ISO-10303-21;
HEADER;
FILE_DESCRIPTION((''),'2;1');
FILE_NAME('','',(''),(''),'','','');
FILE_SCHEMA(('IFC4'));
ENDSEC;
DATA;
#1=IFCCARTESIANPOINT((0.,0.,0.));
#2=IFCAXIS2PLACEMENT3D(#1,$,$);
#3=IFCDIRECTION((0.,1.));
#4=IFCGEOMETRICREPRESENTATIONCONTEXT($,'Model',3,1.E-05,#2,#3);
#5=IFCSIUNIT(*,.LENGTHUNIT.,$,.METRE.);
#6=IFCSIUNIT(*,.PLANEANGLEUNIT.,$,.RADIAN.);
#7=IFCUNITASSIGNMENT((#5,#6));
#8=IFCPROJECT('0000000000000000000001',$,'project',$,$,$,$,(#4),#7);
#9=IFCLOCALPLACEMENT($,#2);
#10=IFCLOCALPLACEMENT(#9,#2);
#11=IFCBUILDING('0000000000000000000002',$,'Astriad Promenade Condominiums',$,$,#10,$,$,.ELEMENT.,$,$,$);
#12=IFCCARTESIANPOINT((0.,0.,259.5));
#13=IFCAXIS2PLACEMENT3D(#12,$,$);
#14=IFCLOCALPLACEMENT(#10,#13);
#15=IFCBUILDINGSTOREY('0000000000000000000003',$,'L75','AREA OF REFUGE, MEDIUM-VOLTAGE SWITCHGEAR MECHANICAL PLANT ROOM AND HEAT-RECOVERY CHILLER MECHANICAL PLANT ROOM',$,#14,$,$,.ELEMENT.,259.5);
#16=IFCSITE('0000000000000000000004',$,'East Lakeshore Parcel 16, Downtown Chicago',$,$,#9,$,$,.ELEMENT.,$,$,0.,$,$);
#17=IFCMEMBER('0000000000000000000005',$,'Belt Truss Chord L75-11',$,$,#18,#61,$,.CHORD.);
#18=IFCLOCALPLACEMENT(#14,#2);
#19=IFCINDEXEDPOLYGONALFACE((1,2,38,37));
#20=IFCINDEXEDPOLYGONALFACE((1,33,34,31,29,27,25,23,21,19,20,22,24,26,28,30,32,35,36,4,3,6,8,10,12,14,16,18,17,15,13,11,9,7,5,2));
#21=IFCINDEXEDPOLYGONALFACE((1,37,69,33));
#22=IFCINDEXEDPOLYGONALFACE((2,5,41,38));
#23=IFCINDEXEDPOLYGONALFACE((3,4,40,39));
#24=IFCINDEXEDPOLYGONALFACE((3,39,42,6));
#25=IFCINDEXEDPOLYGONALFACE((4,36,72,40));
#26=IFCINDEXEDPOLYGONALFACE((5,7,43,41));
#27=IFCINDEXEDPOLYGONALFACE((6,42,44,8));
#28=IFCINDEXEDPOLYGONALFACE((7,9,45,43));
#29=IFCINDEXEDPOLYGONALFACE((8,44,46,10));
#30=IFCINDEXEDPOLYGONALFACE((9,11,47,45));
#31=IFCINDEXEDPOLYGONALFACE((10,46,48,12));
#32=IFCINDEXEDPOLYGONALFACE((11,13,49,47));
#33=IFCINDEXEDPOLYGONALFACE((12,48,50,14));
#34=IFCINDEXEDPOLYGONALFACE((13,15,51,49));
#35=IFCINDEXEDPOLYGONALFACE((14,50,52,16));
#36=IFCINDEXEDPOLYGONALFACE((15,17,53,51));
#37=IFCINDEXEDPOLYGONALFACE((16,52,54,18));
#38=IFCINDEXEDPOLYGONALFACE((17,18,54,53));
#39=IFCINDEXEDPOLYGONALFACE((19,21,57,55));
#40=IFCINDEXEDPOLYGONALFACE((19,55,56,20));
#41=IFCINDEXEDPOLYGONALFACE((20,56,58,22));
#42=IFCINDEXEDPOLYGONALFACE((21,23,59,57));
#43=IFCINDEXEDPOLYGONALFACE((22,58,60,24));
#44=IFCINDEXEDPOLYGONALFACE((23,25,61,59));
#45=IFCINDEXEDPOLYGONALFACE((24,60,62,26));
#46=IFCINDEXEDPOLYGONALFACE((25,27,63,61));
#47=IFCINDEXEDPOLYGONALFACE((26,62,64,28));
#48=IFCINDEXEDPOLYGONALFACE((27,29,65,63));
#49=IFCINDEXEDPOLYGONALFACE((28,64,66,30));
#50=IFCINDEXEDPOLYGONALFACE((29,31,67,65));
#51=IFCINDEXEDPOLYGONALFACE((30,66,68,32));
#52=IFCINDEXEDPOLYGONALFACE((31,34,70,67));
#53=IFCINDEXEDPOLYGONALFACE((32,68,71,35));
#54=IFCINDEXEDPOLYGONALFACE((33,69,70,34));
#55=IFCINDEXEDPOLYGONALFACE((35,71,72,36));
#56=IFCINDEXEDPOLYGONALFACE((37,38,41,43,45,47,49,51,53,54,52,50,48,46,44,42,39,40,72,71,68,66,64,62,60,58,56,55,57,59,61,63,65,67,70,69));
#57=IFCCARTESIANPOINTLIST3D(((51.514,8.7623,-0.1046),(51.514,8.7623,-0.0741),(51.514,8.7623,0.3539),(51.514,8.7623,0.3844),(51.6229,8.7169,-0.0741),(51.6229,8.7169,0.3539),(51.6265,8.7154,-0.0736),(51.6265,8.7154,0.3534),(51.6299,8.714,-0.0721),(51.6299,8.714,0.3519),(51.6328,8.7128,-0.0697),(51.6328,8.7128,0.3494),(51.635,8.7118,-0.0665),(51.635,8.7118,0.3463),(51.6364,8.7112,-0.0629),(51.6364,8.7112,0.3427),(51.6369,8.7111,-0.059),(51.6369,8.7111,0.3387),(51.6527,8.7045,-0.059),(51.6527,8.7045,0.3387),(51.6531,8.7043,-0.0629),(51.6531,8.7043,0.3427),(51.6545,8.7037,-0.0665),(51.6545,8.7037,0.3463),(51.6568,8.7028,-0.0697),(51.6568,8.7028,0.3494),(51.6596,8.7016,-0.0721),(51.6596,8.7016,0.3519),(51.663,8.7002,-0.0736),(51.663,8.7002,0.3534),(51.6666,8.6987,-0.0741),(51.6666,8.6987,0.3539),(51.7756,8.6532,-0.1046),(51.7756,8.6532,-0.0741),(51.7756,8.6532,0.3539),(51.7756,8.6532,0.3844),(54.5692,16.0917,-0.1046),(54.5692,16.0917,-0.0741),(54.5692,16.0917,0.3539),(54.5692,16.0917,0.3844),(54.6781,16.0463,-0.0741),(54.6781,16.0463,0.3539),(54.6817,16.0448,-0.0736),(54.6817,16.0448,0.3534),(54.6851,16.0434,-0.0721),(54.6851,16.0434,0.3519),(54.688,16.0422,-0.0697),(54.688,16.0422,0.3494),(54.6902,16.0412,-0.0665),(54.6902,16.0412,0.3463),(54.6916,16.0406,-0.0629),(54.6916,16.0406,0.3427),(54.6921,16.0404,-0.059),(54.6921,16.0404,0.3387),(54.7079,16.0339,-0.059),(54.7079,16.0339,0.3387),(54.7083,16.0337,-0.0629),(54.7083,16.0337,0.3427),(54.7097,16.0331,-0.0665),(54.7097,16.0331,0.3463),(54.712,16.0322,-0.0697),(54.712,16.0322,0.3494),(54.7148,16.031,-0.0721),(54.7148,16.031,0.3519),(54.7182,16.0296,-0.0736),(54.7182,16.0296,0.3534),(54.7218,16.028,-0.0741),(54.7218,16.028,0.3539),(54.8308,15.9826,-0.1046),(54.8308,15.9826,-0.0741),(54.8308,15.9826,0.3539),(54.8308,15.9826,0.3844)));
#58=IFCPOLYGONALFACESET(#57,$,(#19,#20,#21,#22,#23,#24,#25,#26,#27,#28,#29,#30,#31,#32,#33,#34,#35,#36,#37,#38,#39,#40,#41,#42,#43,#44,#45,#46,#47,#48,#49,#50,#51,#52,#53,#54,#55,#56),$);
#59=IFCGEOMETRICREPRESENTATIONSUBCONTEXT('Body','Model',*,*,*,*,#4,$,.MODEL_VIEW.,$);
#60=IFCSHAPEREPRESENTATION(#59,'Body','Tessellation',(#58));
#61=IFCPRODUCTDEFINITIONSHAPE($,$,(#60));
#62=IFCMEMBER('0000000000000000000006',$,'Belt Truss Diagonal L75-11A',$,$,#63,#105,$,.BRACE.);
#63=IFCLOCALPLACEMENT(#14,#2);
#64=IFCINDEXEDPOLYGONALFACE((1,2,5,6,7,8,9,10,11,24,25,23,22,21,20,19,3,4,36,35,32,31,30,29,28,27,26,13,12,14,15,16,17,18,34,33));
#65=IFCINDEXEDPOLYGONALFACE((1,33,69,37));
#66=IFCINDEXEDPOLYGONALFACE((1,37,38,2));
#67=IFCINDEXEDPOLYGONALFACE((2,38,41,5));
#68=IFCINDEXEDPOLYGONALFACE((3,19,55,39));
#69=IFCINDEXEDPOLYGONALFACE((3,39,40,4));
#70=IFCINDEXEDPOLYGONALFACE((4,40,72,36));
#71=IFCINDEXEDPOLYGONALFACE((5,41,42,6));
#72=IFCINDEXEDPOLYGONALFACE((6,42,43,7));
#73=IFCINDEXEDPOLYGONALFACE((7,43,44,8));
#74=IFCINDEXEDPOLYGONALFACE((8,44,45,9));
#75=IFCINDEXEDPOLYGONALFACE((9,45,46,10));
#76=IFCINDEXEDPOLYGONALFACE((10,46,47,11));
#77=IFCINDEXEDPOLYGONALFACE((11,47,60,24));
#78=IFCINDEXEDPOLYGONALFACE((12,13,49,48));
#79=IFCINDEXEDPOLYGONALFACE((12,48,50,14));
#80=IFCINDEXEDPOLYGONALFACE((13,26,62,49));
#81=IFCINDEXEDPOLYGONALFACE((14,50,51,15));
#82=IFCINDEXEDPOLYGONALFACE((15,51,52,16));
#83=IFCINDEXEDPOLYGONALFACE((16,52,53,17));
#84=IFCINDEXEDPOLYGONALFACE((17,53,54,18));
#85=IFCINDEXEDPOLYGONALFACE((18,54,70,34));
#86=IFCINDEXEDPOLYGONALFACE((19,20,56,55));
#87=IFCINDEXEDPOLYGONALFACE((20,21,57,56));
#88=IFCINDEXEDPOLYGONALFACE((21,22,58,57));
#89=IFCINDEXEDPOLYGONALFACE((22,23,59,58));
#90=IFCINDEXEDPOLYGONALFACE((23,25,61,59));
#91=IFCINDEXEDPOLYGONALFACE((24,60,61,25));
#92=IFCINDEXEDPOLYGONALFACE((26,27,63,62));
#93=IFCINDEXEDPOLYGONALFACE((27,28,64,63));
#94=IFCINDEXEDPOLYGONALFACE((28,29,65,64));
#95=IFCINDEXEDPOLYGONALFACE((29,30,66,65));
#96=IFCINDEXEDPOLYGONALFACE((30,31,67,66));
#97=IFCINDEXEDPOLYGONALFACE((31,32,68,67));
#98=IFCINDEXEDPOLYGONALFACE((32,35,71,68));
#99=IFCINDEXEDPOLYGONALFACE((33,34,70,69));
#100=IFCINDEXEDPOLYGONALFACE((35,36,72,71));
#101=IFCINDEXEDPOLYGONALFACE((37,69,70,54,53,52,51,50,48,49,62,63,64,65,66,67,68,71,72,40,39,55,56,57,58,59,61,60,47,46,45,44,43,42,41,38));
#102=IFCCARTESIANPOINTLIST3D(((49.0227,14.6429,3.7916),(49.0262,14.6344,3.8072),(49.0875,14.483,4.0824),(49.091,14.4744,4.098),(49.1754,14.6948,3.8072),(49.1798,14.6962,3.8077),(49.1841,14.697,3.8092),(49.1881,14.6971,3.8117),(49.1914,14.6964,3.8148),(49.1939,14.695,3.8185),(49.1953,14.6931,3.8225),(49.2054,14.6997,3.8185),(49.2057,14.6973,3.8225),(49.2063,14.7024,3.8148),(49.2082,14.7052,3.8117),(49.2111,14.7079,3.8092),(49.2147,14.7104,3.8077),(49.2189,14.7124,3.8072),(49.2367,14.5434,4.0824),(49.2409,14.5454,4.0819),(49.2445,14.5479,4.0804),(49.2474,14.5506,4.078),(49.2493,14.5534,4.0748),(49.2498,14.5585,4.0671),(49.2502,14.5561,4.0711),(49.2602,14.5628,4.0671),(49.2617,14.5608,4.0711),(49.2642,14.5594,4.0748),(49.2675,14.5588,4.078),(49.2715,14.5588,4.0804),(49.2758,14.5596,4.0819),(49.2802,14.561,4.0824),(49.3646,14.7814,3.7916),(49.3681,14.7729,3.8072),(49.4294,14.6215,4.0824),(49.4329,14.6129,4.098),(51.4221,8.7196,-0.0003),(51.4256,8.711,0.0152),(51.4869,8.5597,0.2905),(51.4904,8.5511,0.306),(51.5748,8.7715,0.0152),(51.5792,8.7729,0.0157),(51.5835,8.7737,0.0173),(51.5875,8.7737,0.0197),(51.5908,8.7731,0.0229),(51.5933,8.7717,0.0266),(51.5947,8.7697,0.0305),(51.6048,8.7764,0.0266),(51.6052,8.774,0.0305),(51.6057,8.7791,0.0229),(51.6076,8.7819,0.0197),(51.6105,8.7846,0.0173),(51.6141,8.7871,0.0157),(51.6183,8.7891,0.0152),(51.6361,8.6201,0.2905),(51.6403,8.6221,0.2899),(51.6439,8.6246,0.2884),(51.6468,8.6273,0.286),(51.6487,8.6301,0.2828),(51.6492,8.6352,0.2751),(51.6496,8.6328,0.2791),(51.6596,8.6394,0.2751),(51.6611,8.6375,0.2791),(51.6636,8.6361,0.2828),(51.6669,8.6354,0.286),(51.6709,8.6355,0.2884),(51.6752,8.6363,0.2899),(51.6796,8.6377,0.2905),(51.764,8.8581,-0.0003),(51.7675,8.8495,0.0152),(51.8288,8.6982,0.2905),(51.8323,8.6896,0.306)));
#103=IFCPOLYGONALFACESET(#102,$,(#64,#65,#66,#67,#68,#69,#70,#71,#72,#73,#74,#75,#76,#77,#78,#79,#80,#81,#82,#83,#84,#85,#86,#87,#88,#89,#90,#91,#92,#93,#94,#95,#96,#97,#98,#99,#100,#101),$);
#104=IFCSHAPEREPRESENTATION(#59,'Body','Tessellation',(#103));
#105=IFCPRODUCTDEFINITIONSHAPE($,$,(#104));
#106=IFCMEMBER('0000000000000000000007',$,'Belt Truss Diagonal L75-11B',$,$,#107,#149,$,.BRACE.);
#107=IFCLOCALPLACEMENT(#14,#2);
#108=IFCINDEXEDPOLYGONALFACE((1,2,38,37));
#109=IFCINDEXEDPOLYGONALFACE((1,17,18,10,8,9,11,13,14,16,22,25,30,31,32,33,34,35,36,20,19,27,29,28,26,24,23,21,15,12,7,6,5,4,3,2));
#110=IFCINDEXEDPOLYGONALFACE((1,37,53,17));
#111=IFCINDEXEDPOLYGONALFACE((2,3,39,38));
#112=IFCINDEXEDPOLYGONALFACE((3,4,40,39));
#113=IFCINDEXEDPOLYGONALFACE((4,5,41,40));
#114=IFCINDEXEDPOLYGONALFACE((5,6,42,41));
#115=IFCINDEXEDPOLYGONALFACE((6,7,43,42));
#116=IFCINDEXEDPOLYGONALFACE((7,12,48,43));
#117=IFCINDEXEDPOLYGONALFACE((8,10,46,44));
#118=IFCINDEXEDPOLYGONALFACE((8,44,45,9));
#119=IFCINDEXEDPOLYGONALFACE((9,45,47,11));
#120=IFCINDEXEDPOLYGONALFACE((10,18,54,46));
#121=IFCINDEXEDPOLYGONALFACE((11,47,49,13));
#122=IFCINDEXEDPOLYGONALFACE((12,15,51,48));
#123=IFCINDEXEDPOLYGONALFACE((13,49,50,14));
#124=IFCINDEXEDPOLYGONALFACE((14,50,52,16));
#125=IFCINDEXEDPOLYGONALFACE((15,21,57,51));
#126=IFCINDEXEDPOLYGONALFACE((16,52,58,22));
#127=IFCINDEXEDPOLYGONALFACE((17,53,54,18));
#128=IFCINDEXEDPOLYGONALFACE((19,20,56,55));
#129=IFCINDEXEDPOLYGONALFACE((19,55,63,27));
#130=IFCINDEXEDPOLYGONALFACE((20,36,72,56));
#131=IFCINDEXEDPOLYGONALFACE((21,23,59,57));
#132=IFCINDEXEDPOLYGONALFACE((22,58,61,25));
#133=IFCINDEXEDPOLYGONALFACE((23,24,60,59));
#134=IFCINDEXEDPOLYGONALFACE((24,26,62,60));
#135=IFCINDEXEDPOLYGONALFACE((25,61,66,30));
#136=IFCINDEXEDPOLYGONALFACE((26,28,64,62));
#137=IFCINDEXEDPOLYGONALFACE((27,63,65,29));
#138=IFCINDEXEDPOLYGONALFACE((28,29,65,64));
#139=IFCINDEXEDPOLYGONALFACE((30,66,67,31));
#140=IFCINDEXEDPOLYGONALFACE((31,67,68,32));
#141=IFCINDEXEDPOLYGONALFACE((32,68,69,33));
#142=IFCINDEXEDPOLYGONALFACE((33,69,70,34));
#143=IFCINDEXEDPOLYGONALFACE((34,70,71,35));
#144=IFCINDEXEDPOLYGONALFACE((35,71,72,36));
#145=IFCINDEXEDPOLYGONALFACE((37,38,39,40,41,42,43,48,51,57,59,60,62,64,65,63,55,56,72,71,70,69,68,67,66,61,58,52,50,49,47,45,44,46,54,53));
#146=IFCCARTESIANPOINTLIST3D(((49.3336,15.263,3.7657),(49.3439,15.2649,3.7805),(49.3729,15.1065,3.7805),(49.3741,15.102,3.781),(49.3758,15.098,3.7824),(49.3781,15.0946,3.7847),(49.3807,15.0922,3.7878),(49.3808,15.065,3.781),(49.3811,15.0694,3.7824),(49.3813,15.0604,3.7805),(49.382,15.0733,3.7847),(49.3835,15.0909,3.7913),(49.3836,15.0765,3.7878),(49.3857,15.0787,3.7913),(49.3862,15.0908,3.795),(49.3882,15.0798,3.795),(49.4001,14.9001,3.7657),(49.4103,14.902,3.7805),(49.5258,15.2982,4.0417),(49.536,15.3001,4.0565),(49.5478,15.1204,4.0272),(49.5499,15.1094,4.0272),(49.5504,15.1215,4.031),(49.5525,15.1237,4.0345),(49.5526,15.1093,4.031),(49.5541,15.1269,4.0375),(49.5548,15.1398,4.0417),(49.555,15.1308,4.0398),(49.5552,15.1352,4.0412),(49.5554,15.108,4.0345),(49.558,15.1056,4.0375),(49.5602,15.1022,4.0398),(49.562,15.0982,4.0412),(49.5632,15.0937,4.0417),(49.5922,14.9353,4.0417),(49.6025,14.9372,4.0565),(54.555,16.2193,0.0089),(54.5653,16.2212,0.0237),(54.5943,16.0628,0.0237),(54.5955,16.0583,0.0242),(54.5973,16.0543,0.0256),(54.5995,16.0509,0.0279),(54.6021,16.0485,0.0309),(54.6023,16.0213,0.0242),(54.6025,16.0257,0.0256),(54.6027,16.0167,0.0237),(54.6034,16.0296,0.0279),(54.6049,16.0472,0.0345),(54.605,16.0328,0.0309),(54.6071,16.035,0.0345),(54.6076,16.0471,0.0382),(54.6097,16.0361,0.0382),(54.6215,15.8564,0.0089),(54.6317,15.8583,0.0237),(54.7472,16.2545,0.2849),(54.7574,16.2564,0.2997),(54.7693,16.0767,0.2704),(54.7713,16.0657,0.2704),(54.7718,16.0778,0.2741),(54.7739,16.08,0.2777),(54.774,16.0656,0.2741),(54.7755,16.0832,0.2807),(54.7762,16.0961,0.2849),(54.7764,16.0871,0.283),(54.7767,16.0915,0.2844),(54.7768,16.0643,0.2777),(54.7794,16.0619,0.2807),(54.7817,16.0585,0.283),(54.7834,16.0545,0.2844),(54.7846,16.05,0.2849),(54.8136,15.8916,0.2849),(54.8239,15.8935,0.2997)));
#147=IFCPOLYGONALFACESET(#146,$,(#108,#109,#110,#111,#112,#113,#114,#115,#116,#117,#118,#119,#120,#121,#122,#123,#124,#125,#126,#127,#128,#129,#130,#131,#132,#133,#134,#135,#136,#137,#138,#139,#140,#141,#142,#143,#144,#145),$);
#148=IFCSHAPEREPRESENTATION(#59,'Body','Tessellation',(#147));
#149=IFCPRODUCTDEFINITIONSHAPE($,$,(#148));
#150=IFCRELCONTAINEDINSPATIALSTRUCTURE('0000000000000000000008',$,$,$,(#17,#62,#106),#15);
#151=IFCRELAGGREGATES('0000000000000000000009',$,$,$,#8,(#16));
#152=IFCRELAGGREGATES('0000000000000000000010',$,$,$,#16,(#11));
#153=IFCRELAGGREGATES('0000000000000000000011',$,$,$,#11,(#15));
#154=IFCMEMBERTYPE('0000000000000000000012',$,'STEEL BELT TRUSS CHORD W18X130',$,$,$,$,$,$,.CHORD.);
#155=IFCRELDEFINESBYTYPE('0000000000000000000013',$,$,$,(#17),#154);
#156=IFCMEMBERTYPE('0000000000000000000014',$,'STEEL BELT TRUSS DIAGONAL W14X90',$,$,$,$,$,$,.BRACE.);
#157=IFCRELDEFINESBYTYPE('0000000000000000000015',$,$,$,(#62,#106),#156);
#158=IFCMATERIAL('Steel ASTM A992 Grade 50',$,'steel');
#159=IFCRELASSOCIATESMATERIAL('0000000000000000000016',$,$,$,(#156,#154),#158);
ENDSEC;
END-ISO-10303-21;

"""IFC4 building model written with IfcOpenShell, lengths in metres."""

from ifc_helpers import new_model, si_unit, direction, frame, origin, origin_2d, place, context, subcontext, project, spatial, i_section, extrude, source, transform, mapped, material, material_profile, profile_set, type_object, element, save


model = new_model("IFC4")

# Units and contexts
model_context = context("Model", 3, precision=1e-05, world=origin(), true_north=direction((0.0, 1.0)))
body_context = subcontext(model_context, "Body", "Model", "MODEL_VIEW")
ifc_project = project(units=[si_unit("LENGTHUNIT", "METRE"), si_unit("PLANEANGLEUNIT", "RADIAN")], contexts=[model_context])

# Site, building, storey
site_placement = place(None, origin())
site = spatial("IfcSite", under=ifc_project, at=site_placement, Name="East Lakeshore Parcel 16, Downtown Chicago", CompositionType="ELEMENT", RefElevation=0.0)
building_placement = place(site_placement, origin())
building = spatial("IfcBuilding", under=site, at=building_placement, Name="Astriad Promenade Condominiums", CompositionType="ELEMENT")
storey_placement = place(building_placement, frame((0.0, 0.0, 259.5)))
storey = spatial("IfcBuildingStorey", under=building, at=storey_placement, Name="L75", Description="AREA OF REFUGE, MEDIUM-VOLTAGE SWITCHGEAR MECHANICAL PLANT ROOM AND HEAT-RECOVERY CHILLER MECHANICAL PLANT ROOM", CompositionType="ELEMENT", Elevation=259.5)

# Shared definitions
ifc_material_1 = material(Name="Steel ASTM A992 Grade 50", Category="steel")

# Members
ifc_material_profile_1 = material_profile(ifc_material_1, i_section(OverallWidth=0.3689, OverallDepth=0.3562, WebThickness=0.0112, FlangeThickness=0.0181, FilletRadius=0.0178, at=origin_2d()), Name="W14X90")
ifc_profile_set_1 = profile_set([ifc_material_profile_1], Name="Steel ASTM A992 Grade 50")
member_type_1 = type_object("IfcMemberType", Name="STEEL BELT TRUSS DIAGONAL W14X90", PredefinedType="BRACE", material=ifc_profile_set_1)
ifc_material_profile_2 = material_profile(ifc_material_1, i_section(OverallWidth=0.2834, OverallDepth=0.489, WebThickness=0.0171, FlangeThickness=0.0305, FilletRadius=0.0151, at=origin_2d()), Name="W18X130")
ifc_profile_set_2 = profile_set([ifc_material_profile_2], Name="Steel ASTM A992 Grade 50")
member_type_2 = type_object("IfcMemberType", Name="STEEL BELT TRUSS CHORD W18X130", PredefinedType="CHORD", material=ifc_profile_set_2)
shared_shape_1 = source(origin(), body_context, "Body", "SweptSolid", [
    extrude(i_section(OverallWidth=0.2834, OverallDepth=0.489, WebThickness=0.0171, FlangeThickness=0.0305, FilletRadius=0.0151, at=origin_2d()), origin(), (0.0, 0.0, 1.0), 7.9407),
])
member_1_placement = place(storey_placement, frame((51.6448, 8.7078, 0.1399), z_axis=(0.384753, 0.92302, 0.0), x_axis=(-0.92302, 0.384753, 0.0)))
element("IfcMember", 1, at=member_1_placement, inside=storey, type_object=member_type_2, Name="Belt Truss Chord L75-11", PredefinedType="CHORD", context=body_context, shape_type="MappedRepresentation", body=[
    mapped(shared_shape_1, transform((0.0, 0.0, 0.0), scale=1.0)),
])
shared_shape_2 = source(origin(), body_context, "Body", "SweptSolid", [
    extrude(i_section(OverallWidth=0.3689, OverallDepth=0.3562, WebThickness=0.0112, FlangeThickness=0.0181, FilletRadius=0.0178, at=origin_2d()), origin(), (0.0, 0.0, 1.0), 7.4312),
])
member_2_placement = place(storey_placement, frame((51.6272, 8.7046, 0.1528), z_axis=(-0.322885, 0.797093, 0.510282), x_axis=(-0.926845, -0.375444, 0.0)))
element("IfcMember", 2, at=member_2_placement, inside=storey, type_object=member_type_1, Name="Belt Truss Diagonal L75-11A", PredefinedType="BRACE", context=body_context, shape_type="MappedRepresentation", body=[
    mapped(shared_shape_2, transform((0.0, 0.0, 0.0), scale=1.0)),
])
shared_shape_3 = source(origin(), body_context, "Body", "SweptSolid", [
    extrude(i_section(OverallWidth=0.3689, OverallDepth=0.3562, WebThickness=0.0112, FlangeThickness=0.0181, FilletRadius=0.0178, at=origin_2d()), origin(), (0.0, 0.0, 1.0), 6.5032),
])
member_3_placement = place(storey_placement, frame((54.6895, 16.0564, 0.1543), z_axis=(-0.802902, -0.14705, 0.57769), x_axis=(0.180152, -0.983639, 0.0)))
element("IfcMember", 3, at=member_3_placement, inside=storey, type_object=member_type_1, Name="Belt Truss Diagonal L75-11B", PredefinedType="BRACE", context=body_context, shape_type="MappedRepresentation", body=[
    mapped(shared_shape_3, transform((0.0, 0.0, 0.0), scale=1.0)),
])

save(model, "model.ifc")
